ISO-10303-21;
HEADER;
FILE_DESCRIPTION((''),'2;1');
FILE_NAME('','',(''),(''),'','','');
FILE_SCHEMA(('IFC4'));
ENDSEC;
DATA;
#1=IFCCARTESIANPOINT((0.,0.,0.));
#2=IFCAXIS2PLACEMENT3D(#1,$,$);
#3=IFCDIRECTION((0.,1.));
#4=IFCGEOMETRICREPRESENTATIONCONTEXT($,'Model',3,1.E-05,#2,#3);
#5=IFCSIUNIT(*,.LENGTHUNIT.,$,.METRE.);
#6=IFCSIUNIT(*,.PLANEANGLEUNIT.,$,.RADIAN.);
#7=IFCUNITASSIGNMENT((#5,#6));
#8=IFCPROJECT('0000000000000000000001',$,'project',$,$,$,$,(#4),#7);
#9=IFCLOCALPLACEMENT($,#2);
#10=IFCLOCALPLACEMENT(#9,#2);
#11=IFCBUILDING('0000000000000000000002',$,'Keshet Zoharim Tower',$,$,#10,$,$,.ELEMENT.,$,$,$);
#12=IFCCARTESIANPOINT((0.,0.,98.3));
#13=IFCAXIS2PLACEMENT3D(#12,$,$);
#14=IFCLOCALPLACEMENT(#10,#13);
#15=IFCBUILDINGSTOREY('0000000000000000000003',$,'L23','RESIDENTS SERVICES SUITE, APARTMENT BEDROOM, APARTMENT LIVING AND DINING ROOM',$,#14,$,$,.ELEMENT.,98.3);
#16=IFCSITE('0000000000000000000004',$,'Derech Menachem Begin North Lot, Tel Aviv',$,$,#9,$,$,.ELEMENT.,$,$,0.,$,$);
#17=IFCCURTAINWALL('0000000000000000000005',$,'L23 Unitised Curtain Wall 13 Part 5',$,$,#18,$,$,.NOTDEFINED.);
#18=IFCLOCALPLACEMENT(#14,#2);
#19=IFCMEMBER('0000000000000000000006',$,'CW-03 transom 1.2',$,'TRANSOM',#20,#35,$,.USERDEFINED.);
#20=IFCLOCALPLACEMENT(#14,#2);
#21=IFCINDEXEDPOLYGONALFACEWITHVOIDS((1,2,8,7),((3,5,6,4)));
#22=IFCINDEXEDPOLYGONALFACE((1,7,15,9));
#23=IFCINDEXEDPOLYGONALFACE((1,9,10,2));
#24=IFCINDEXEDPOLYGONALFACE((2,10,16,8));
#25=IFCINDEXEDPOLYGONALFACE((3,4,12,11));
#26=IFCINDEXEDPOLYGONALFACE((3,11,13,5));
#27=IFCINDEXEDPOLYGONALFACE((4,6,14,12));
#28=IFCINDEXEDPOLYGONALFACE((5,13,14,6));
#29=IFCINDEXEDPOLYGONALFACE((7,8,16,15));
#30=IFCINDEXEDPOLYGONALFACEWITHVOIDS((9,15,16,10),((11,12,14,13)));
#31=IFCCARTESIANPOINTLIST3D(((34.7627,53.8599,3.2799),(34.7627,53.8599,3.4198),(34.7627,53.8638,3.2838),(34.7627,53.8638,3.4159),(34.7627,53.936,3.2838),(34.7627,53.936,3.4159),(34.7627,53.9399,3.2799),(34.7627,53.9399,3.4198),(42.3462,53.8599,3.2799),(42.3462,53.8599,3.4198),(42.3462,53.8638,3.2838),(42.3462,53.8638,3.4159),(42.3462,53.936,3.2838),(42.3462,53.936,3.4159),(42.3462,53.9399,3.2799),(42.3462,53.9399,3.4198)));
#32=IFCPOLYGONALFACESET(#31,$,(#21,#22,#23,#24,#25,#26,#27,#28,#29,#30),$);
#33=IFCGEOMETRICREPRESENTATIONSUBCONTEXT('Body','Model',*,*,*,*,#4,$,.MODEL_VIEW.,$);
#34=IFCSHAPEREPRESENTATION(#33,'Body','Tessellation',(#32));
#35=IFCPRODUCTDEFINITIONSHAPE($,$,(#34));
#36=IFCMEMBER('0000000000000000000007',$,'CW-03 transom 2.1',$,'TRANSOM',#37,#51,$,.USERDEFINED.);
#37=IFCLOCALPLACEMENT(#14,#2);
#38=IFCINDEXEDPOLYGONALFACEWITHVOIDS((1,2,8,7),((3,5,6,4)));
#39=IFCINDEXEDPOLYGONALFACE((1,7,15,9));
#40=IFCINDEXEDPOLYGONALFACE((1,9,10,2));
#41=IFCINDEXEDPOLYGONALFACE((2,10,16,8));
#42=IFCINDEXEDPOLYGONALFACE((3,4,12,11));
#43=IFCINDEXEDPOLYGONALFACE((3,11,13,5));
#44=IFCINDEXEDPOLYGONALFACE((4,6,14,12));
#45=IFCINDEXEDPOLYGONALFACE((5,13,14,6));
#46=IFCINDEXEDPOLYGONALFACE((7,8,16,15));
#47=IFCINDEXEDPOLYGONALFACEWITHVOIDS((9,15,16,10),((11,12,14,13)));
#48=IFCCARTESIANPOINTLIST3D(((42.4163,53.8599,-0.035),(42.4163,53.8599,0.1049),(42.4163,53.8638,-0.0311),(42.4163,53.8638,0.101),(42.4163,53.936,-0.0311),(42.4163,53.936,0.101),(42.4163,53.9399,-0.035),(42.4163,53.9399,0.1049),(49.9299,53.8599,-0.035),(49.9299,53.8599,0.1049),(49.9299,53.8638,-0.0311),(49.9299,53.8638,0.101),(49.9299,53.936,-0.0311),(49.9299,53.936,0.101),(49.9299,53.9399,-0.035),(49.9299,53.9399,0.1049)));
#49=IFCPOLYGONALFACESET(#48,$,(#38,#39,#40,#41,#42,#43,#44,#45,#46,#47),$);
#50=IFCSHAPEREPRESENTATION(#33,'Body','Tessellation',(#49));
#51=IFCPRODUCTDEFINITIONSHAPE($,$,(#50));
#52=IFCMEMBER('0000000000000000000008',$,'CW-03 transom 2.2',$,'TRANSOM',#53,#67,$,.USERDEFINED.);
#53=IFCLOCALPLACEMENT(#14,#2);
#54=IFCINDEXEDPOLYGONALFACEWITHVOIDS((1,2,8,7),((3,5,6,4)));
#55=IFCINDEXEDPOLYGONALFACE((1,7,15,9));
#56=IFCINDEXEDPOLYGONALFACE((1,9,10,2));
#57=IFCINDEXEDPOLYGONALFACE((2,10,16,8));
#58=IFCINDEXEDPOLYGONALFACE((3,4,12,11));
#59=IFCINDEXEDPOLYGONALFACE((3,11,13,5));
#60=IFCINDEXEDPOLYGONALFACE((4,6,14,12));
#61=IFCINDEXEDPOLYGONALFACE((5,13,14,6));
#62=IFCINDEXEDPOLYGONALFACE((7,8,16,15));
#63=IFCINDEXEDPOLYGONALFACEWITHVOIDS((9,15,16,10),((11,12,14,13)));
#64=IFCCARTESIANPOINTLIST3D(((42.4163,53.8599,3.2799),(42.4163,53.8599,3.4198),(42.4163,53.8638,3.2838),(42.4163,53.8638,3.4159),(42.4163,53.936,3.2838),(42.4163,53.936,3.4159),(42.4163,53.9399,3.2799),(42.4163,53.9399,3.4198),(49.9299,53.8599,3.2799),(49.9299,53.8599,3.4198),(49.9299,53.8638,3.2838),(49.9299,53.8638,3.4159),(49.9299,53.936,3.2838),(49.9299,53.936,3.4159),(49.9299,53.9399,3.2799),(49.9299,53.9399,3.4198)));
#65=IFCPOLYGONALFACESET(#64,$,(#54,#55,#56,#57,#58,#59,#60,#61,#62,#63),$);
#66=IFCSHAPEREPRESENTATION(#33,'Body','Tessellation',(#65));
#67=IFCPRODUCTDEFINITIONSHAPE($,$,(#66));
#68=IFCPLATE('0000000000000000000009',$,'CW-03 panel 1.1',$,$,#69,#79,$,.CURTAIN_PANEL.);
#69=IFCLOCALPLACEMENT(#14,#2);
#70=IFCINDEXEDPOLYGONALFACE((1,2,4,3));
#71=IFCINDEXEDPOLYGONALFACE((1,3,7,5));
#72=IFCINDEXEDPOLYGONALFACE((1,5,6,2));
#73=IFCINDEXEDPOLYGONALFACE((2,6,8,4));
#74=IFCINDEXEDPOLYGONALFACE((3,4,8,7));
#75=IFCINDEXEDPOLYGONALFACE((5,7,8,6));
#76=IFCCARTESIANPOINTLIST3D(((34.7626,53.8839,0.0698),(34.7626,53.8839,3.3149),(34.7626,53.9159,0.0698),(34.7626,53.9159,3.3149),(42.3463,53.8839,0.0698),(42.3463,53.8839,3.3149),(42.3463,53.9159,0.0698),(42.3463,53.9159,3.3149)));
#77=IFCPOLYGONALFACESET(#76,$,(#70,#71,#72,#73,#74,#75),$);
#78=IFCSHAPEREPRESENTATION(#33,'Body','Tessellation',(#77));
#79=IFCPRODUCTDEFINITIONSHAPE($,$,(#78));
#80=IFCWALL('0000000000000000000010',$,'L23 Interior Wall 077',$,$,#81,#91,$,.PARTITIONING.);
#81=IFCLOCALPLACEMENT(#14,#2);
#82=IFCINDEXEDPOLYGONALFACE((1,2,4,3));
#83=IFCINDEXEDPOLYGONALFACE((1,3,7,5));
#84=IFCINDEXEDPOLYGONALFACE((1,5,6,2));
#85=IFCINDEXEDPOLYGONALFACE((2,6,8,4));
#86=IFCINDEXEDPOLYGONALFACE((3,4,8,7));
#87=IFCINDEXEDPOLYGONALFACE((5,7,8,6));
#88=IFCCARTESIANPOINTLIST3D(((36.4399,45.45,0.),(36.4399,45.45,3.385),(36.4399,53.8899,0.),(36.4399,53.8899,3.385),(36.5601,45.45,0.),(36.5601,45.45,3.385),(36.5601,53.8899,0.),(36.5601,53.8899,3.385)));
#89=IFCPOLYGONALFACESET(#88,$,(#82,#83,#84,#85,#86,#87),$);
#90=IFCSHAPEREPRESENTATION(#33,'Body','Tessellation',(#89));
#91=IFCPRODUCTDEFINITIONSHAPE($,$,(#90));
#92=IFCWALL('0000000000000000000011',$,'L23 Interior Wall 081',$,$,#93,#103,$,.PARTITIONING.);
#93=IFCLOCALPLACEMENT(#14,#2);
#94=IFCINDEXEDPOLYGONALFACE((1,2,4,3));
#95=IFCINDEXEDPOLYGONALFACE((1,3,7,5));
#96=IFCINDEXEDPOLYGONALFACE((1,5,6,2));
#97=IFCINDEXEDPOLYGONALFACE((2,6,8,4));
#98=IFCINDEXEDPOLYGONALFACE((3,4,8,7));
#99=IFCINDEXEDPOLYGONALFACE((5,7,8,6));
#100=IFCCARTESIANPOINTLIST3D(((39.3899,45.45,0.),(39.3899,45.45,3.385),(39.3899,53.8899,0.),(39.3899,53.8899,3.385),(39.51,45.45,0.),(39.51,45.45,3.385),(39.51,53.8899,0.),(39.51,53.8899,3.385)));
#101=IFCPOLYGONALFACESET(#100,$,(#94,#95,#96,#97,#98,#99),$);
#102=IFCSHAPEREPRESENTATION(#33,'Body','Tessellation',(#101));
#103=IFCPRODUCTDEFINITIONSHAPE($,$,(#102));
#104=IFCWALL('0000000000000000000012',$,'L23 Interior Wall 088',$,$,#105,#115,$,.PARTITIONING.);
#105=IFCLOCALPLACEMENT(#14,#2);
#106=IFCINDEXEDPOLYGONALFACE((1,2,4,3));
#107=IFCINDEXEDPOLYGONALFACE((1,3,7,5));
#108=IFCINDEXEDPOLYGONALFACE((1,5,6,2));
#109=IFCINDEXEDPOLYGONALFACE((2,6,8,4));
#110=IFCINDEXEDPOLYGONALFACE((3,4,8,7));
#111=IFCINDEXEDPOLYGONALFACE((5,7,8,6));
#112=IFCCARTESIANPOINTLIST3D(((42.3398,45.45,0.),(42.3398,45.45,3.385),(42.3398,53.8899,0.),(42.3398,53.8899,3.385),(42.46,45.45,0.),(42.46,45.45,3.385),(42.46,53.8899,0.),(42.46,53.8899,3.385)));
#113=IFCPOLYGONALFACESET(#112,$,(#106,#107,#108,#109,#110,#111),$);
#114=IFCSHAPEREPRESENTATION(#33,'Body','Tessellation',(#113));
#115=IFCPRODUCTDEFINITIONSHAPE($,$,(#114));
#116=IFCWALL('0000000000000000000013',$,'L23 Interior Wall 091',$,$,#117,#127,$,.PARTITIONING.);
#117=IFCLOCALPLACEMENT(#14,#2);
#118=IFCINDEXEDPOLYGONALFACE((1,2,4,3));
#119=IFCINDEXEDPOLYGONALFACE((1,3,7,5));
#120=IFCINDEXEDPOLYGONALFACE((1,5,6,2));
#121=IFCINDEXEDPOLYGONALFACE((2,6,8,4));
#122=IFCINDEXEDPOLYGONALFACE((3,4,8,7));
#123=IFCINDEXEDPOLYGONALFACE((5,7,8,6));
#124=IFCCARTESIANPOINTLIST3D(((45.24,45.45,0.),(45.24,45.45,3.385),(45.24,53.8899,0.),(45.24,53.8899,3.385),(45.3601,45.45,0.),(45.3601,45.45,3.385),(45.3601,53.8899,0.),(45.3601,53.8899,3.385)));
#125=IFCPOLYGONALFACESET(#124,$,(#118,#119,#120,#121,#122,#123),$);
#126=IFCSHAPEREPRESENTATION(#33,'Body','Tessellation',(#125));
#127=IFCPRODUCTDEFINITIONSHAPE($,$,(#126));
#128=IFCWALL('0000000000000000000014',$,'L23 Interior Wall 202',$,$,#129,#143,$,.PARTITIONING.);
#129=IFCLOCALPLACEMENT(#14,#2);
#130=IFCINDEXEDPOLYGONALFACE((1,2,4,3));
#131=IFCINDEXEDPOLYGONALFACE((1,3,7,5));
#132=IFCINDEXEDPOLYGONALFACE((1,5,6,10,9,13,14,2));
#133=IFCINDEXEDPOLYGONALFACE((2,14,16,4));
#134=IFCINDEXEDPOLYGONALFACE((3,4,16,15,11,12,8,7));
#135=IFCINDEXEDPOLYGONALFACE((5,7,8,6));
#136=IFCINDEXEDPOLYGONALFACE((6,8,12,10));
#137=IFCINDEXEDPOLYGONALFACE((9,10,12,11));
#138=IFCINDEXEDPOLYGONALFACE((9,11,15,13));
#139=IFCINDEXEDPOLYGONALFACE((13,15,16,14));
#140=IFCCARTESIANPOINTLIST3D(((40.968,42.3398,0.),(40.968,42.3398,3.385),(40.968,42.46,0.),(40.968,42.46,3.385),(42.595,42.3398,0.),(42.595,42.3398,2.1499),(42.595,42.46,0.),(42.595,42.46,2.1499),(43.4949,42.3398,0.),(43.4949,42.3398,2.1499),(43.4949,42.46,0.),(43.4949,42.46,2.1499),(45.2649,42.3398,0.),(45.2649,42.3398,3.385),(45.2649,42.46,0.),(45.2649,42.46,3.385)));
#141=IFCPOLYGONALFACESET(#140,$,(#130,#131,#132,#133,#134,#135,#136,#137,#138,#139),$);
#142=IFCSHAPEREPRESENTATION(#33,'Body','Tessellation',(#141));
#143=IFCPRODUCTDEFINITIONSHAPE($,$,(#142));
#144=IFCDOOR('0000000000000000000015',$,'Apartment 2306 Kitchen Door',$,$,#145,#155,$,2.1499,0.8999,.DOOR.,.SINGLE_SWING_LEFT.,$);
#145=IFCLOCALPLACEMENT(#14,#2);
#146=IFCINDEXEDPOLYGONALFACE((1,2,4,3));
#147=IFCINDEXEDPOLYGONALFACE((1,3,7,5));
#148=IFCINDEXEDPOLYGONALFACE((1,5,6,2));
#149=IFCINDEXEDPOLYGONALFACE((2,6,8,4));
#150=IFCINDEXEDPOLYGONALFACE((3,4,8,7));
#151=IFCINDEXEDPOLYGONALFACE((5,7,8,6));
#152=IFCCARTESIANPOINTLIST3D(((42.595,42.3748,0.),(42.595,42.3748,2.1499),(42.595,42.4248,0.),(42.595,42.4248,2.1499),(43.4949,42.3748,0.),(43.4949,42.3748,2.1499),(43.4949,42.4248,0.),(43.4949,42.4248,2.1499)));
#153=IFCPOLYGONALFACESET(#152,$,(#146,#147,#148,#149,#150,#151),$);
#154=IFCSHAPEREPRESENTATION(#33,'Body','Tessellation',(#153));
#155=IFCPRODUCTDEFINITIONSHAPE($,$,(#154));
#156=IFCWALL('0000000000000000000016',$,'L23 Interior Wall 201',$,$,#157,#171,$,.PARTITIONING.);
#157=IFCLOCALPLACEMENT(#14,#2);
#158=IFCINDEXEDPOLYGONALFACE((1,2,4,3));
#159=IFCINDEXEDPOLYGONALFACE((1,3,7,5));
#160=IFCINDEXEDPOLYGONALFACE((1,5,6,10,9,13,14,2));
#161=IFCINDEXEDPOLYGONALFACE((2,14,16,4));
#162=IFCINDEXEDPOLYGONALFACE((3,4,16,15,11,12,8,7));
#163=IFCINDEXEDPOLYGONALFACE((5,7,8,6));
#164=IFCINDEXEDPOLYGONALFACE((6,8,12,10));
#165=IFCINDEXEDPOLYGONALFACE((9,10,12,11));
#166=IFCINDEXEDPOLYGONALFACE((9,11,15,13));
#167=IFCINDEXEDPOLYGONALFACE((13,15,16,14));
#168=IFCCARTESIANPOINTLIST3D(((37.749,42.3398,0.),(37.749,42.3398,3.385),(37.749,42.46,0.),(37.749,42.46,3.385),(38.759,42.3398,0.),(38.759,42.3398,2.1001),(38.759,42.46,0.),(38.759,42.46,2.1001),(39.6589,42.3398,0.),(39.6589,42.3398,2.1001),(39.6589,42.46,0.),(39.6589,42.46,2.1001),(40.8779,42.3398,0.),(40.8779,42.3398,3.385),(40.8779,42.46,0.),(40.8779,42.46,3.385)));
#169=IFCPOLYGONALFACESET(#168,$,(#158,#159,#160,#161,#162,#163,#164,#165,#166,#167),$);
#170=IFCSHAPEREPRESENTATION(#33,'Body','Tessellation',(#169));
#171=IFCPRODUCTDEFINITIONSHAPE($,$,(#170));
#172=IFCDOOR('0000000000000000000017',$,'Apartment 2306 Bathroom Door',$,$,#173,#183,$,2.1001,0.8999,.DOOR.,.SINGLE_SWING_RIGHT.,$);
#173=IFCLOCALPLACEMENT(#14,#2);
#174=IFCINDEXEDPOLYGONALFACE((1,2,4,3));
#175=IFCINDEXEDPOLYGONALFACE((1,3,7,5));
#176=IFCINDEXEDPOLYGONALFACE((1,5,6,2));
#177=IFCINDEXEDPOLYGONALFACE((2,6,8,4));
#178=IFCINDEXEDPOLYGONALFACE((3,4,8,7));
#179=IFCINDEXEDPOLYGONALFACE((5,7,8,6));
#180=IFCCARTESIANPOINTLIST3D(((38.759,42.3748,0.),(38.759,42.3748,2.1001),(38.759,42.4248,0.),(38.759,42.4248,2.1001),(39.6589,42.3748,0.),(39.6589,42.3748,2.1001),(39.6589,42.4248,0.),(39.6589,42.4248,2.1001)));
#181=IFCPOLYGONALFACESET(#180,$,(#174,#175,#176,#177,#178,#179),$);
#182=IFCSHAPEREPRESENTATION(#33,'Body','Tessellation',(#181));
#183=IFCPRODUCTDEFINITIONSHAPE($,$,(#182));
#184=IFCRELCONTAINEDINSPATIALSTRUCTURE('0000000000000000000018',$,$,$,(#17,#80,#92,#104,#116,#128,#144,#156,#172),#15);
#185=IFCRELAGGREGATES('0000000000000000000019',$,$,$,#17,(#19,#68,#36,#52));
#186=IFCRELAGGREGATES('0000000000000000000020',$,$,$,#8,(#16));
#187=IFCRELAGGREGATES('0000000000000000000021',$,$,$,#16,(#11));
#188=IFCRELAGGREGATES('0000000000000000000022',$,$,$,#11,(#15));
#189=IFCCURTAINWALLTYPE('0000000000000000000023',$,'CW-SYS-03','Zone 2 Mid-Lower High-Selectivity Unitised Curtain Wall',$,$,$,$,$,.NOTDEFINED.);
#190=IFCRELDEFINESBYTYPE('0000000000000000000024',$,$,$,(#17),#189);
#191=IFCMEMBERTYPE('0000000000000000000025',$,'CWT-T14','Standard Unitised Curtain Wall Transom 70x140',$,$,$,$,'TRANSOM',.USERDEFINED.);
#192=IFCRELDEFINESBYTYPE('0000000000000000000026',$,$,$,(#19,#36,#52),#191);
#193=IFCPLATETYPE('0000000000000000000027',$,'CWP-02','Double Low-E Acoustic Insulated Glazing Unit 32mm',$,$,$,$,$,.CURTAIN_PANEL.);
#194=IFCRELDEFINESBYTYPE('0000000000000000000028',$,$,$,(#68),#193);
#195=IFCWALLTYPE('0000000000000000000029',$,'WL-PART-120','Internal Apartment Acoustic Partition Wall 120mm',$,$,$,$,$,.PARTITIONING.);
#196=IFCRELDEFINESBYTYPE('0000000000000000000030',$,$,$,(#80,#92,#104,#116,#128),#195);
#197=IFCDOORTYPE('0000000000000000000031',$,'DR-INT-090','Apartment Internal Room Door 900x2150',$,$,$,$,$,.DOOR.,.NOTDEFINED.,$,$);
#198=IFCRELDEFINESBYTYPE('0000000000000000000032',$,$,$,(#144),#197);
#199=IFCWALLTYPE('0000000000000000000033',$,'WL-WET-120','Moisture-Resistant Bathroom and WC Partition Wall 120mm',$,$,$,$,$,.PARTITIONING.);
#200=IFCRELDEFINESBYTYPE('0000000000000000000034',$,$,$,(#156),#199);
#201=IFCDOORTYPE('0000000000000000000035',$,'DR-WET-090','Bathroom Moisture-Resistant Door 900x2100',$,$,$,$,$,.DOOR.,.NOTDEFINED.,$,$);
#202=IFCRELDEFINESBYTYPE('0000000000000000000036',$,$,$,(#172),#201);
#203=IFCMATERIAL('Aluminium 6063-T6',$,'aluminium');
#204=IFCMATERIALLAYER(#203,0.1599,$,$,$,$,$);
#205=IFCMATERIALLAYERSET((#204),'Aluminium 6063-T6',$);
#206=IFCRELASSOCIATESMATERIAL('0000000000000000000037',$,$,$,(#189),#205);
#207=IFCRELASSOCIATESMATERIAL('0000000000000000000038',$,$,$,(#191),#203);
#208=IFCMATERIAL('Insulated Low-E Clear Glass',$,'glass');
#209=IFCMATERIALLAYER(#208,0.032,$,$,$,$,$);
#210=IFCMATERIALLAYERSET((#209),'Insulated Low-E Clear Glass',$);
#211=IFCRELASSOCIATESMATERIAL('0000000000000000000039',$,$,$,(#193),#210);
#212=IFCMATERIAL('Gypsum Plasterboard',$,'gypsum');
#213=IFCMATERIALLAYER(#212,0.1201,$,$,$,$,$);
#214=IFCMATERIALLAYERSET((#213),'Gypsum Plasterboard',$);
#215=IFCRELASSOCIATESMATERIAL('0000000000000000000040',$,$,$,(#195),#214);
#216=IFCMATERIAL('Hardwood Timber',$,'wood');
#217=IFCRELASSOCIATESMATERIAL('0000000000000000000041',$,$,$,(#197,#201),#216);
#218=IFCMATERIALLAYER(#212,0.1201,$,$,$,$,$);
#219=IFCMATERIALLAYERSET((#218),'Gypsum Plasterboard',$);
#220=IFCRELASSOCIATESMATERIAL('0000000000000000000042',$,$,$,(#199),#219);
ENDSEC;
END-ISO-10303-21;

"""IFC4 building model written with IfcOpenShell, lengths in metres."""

from ifc_helpers import new_model, si_unit, direction, frame, frame_2d, origin, origin_2d, place, context, subcontext, project, spatial, rectangle, hollow_rectangle, extrude, material, layer, layer_set, material_profile, profile_set, type_object, element, fill, aggregate, save


model = new_model("IFC4")

# Units and contexts
model_context = context("Model", 3, precision=1e-05, world=origin(), true_north=direction((0.0, 1.0)))
body_context = subcontext(model_context, "Body", "Model", "MODEL_VIEW")
ifc_project = project(units=[si_unit("LENGTHUNIT", "METRE"), si_unit("PLANEANGLEUNIT", "RADIAN")], contexts=[model_context])

# Site, building, storey
site_placement = place(None, origin())
site = spatial("IfcSite", under=ifc_project, at=site_placement, Name="Derech Menachem Begin North Lot, Tel Aviv", CompositionType="ELEMENT", RefElevation=0.0)
building_placement = place(site_placement, origin())
building = spatial("IfcBuilding", under=site, at=building_placement, Name="Keshet Zoharim Tower", CompositionType="ELEMENT")
storey_placement = place(building_placement, frame((0.0, 0.0, 98.3)))
storey = spatial("IfcBuildingStorey", under=building, at=storey_placement, Name="L23", Description="RESIDENTS SERVICES SUITE, APARTMENT BEDROOM, APARTMENT LIVING AND DINING ROOM", CompositionType="ELEMENT", Elevation=98.3)

# Curtain wall, members, plate
ifc_material_1 = material(Name="Aluminium 6063-T6", Category="aluminium")
ifc_layer_1 = layer(ifc_material_1, 0.1599)
ifc_layer_set_1 = layer_set([ifc_layer_1], Name="Aluminium 6063-T6")
curtain_wall_type = type_object("IfcCurtainWallType", Name="CW-SYS-03", Description="Zone 2 Mid-Lower High-Selectivity Unitised Curtain Wall", PredefinedType="NOTDEFINED", material=ifc_layer_set_1)
curtain_wall_placement = place(storey_placement, origin())
curtain_wall = element("IfcCurtainWall", 1, at=curtain_wall_placement, inside=storey, type_object=curtain_wall_type, Name="L23 Unitised Curtain Wall 13 Part 5", PredefinedType="NOTDEFINED")
ifc_material_profile_1 = material_profile(ifc_material_1, hollow_rectangle(XDim=0.0801, YDim=0.1399, WallThickness=0.0039, at=origin_2d()), Name="TRN-80x140")
ifc_profile_set_1 = profile_set([ifc_material_profile_1], Name="Aluminium 6063-T6")
member_type_1 = type_object("IfcMemberType", Name="CWT-T14", Description="Standard Unitised Curtain Wall Transom 70x140", ElementType="TRANSOM", PredefinedType="USERDEFINED", material=ifc_profile_set_1)
member_1_placement = place(storey_placement, frame((34.7627, 53.8999, 3.3499), z_axis=(1.0, 0.0, 0.0), x_axis=(0.0, 1.0, 0.0)))
member_1 = element("IfcMember", 2, at=member_1_placement, type_object=member_type_1, Name="CW-03 transom 1.2", ObjectType="TRANSOM", PredefinedType="USERDEFINED", context=body_context, shape_type="SweptSolid", body=[
    extrude(hollow_rectangle(XDim=0.0801, YDim=0.1399, WallThickness=0.0039, at=origin_2d()), origin(), (0.0, 0.0, 1.0), 7.5835),
])
member_2_placement = place(storey_placement, frame((42.4163, 53.8999, 0.0349), z_axis=(1.0, 0.0, 0.0), x_axis=(0.0, 1.0, 0.0)))
member_2 = element("IfcMember", 3, at=member_2_placement, type_object=member_type_1, Name="CW-03 transom 2.1", ObjectType="TRANSOM", PredefinedType="USERDEFINED", context=body_context, shape_type="SweptSolid", body=[
    extrude(hollow_rectangle(XDim=0.0801, YDim=0.1399, WallThickness=0.0039, at=origin_2d()), origin(), (0.0, 0.0, 1.0), 7.5137),
])
member_3_placement = place(storey_placement, frame((42.4163, 53.8999, 3.3499), z_axis=(1.0, 0.0, 0.0), x_axis=(0.0, 1.0, 0.0)))
member_3 = element("IfcMember", 4, at=member_3_placement, type_object=member_type_1, Name="CW-03 transom 2.2", ObjectType="TRANSOM", PredefinedType="USERDEFINED", context=body_context, shape_type="SweptSolid", body=[
    extrude(hollow_rectangle(XDim=0.0801, YDim=0.1399, WallThickness=0.0039, at=origin_2d()), origin(), (0.0, 0.0, 1.0), 7.5137),
])
ifc_material_2 = material(Name="Insulated Low-E Clear Glass", Category="glass")
ifc_layer_2 = layer(ifc_material_2, 0.032)
ifc_layer_set_2 = layer_set([ifc_layer_2], Name="Insulated Low-E Clear Glass")
plate_type = type_object("IfcPlateType", Name="CWP-02", Description="Double Low-E Acoustic Insulated Glazing Unit 32mm", PredefinedType="CURTAIN_PANEL", material=ifc_layer_set_2)
plate_placement = place(storey_placement, frame((38.5544, 53.8999, 0.0698), z_axis=(0.0, 0.0, 1.0), x_axis=(1.0, 0.0, 0.0)))
plate = element("IfcPlate", 5, at=plate_placement, type_object=plate_type, Name="CW-03 panel 1.1", PredefinedType="CURTAIN_PANEL", context=body_context, shape_type="SweptSolid", body=[
    extrude(rectangle(XDim=7.5837, YDim=0.032, at=origin_2d()), origin(), (0.0, 0.0, 1.0), 3.2451),
])
aggregate(curtain_wall, [member_1, plate, member_2, member_3])

# Walls
ifc_material_3 = material(Name="Gypsum Plasterboard", Category="gypsum")
ifc_layer_3 = layer(ifc_material_3, 0.1201)
ifc_layer_set_3 = layer_set([ifc_layer_3], Name="Gypsum Plasterboard")
wall_type_1 = type_object("IfcWallType", Name="WL-PART-120", Description="Internal Apartment Acoustic Partition Wall 120mm", PredefinedType="PARTITIONING", material=ifc_layer_set_3)
for number, where, z_axis, x_axis, name in (
    (6, (36.5, 45.45, 0.0), (0.0, 0.0, 1.0), (0.0, 1.0, 0.0), "L23 Interior Wall 077"),
    (7, (39.45, 45.45, 0.0), (0.0, 0.0, 1.0), (0.0, 1.0, 0.0), "L23 Interior Wall 081"),
    (8, (42.3999, 45.45, 0.0), (0.0, 0.0, 1.0), (0.0, 1.0, 0.0), "L23 Interior Wall 088"),
    (9, (45.3, 45.45, 0.0), (0.0, 0.0, 1.0), (0.0, 1.0, 0.0), "L23 Interior Wall 091"),
):
    element("IfcWall", number, at=place(storey_placement, frame(where, z_axis=z_axis, x_axis=x_axis)), inside=storey, type_object=wall_type_1, Name=name, PredefinedType="PARTITIONING", context=body_context, shape_type="SweptSolid", body=[
        extrude(rectangle(XDim=8.4399, YDim=0.1201, at=frame_2d((4.22, 0.0))), origin(), (0.0, 0.0, 1.0), 3.385),
    ])

# Walls, openings, doors
wall_1_placement = place(storey_placement, frame((40.968, 42.3999, 0.0), z_axis=(0.0, 0.0, 1.0), x_axis=(1.0, 0.0, 0.0)))
wall_1 = element("IfcWall", 10, at=wall_1_placement, inside=storey, type_object=wall_type_1, Name="L23 Interior Wall 202", PredefinedType="PARTITIONING", context=body_context, shape_type="SweptSolid", body=[
    extrude(rectangle(XDim=4.2969, YDim=0.1201, at=frame_2d((2.1484, 0.0))), origin(), (0.0, 0.0, 1.0), 3.385),
])
opening_1_placement = place(wall_1_placement, frame((1.627, 0.0, 0.0)))
opening_1 = element("IfcOpeningElement", 11, at=opening_1_placement, cuts=wall_1, PredefinedType="OPENING", context=body_context, shape_type="SweptSolid", body=[
    extrude(rectangle(XDim=0.8999, YDim=2.1499, at=frame_2d((0.45, 1.075))), frame((0.0, 0.0701, 0.0), z_axis=(0.0, -1.0, 0.0), x_axis=(1.0, 0.0, 0.0)), (0.0, 0.0, 1.0), 0.1401),
])
ifc_material_4 = material(Name="Hardwood Timber", Category="wood")
door_type_1 = type_object("IfcDoorType", Name="DR-INT-090", Description="Apartment Internal Room Door 900x2150", OperationType="NOTDEFINED", PredefinedType="DOOR", material=ifc_material_4)
door_1_placement = place(opening_1_placement, origin())
door_1 = element("IfcDoor", 12, at=door_1_placement, inside=storey, type_object=door_type_1, Name="Apartment 2306 Kitchen Door", OperationType="SINGLE_SWING_LEFT", OverallHeight=2.1499, OverallWidth=0.8999, PredefinedType="DOOR", context=body_context, shape_type="SweptSolid", body=[
    extrude(rectangle(XDim=0.8999, YDim=2.1499, at=frame_2d((0.45, 1.075))), frame((0.0, 0.0249, 0.0), z_axis=(0.0, -1.0, 0.0), x_axis=(1.0, 0.0, 0.0)), (0.0, 0.0, 1.0), 0.05),
])
fill(opening_1, door_1)
ifc_layer_4 = layer(ifc_material_3, 0.1201)
ifc_layer_set_4 = layer_set([ifc_layer_4], Name="Gypsum Plasterboard")
wall_type_2 = type_object("IfcWallType", Name="WL-WET-120", Description="Moisture-Resistant Bathroom and WC Partition Wall 120mm", PredefinedType="PARTITIONING", material=ifc_layer_set_4)
wall_2_placement = place(storey_placement, frame((37.749, 42.3999, 0.0), z_axis=(0.0, 0.0, 1.0), x_axis=(1.0, 0.0, 0.0)))
wall_2 = element("IfcWall", 13, at=wall_2_placement, inside=storey, type_object=wall_type_2, Name="L23 Interior Wall 201", PredefinedType="PARTITIONING", context=body_context, shape_type="SweptSolid", body=[
    extrude(rectangle(XDim=3.1289, YDim=0.1201, at=frame_2d((1.5645, 0.0))), origin(), (0.0, 0.0, 1.0), 3.385),
])
opening_2_placement = place(wall_2_placement, frame((1.01, 0.0, 0.0)))
opening_2 = element("IfcOpeningElement", 14, at=opening_2_placement, cuts=wall_2, PredefinedType="OPENING", context=body_context, shape_type="SweptSolid", body=[
    extrude(rectangle(XDim=0.8999, YDim=2.1001, at=frame_2d((0.45, 1.05))), frame((0.0, 0.0701, 0.0), z_axis=(0.0, -1.0, 0.0), x_axis=(1.0, 0.0, 0.0)), (0.0, 0.0, 1.0), 0.1401),
])
door_type_2 = type_object("IfcDoorType", Name="DR-WET-090", Description="Bathroom Moisture-Resistant Door 900x2100", OperationType="NOTDEFINED", PredefinedType="DOOR", material=ifc_material_4)
door_2_placement = place(opening_2_placement, origin())
door_2 = element("IfcDoor", 15, at=door_2_placement, inside=storey, type_object=door_type_2, Name="Apartment 2306 Bathroom Door", OperationType="SINGLE_SWING_RIGHT", OverallHeight=2.1001, OverallWidth=0.8999, PredefinedType="DOOR", context=body_context, shape_type="SweptSolid", body=[
    extrude(rectangle(XDim=0.8999, YDim=2.1001, at=frame_2d((0.45, 1.05))), frame((0.0, 0.0249, 0.0), z_axis=(0.0, -1.0, 0.0), x_axis=(1.0, 0.0, 0.0)), (0.0, 0.0, 1.0), 0.05),
])
fill(opening_2, door_2)

save(model, "model.ifc")
